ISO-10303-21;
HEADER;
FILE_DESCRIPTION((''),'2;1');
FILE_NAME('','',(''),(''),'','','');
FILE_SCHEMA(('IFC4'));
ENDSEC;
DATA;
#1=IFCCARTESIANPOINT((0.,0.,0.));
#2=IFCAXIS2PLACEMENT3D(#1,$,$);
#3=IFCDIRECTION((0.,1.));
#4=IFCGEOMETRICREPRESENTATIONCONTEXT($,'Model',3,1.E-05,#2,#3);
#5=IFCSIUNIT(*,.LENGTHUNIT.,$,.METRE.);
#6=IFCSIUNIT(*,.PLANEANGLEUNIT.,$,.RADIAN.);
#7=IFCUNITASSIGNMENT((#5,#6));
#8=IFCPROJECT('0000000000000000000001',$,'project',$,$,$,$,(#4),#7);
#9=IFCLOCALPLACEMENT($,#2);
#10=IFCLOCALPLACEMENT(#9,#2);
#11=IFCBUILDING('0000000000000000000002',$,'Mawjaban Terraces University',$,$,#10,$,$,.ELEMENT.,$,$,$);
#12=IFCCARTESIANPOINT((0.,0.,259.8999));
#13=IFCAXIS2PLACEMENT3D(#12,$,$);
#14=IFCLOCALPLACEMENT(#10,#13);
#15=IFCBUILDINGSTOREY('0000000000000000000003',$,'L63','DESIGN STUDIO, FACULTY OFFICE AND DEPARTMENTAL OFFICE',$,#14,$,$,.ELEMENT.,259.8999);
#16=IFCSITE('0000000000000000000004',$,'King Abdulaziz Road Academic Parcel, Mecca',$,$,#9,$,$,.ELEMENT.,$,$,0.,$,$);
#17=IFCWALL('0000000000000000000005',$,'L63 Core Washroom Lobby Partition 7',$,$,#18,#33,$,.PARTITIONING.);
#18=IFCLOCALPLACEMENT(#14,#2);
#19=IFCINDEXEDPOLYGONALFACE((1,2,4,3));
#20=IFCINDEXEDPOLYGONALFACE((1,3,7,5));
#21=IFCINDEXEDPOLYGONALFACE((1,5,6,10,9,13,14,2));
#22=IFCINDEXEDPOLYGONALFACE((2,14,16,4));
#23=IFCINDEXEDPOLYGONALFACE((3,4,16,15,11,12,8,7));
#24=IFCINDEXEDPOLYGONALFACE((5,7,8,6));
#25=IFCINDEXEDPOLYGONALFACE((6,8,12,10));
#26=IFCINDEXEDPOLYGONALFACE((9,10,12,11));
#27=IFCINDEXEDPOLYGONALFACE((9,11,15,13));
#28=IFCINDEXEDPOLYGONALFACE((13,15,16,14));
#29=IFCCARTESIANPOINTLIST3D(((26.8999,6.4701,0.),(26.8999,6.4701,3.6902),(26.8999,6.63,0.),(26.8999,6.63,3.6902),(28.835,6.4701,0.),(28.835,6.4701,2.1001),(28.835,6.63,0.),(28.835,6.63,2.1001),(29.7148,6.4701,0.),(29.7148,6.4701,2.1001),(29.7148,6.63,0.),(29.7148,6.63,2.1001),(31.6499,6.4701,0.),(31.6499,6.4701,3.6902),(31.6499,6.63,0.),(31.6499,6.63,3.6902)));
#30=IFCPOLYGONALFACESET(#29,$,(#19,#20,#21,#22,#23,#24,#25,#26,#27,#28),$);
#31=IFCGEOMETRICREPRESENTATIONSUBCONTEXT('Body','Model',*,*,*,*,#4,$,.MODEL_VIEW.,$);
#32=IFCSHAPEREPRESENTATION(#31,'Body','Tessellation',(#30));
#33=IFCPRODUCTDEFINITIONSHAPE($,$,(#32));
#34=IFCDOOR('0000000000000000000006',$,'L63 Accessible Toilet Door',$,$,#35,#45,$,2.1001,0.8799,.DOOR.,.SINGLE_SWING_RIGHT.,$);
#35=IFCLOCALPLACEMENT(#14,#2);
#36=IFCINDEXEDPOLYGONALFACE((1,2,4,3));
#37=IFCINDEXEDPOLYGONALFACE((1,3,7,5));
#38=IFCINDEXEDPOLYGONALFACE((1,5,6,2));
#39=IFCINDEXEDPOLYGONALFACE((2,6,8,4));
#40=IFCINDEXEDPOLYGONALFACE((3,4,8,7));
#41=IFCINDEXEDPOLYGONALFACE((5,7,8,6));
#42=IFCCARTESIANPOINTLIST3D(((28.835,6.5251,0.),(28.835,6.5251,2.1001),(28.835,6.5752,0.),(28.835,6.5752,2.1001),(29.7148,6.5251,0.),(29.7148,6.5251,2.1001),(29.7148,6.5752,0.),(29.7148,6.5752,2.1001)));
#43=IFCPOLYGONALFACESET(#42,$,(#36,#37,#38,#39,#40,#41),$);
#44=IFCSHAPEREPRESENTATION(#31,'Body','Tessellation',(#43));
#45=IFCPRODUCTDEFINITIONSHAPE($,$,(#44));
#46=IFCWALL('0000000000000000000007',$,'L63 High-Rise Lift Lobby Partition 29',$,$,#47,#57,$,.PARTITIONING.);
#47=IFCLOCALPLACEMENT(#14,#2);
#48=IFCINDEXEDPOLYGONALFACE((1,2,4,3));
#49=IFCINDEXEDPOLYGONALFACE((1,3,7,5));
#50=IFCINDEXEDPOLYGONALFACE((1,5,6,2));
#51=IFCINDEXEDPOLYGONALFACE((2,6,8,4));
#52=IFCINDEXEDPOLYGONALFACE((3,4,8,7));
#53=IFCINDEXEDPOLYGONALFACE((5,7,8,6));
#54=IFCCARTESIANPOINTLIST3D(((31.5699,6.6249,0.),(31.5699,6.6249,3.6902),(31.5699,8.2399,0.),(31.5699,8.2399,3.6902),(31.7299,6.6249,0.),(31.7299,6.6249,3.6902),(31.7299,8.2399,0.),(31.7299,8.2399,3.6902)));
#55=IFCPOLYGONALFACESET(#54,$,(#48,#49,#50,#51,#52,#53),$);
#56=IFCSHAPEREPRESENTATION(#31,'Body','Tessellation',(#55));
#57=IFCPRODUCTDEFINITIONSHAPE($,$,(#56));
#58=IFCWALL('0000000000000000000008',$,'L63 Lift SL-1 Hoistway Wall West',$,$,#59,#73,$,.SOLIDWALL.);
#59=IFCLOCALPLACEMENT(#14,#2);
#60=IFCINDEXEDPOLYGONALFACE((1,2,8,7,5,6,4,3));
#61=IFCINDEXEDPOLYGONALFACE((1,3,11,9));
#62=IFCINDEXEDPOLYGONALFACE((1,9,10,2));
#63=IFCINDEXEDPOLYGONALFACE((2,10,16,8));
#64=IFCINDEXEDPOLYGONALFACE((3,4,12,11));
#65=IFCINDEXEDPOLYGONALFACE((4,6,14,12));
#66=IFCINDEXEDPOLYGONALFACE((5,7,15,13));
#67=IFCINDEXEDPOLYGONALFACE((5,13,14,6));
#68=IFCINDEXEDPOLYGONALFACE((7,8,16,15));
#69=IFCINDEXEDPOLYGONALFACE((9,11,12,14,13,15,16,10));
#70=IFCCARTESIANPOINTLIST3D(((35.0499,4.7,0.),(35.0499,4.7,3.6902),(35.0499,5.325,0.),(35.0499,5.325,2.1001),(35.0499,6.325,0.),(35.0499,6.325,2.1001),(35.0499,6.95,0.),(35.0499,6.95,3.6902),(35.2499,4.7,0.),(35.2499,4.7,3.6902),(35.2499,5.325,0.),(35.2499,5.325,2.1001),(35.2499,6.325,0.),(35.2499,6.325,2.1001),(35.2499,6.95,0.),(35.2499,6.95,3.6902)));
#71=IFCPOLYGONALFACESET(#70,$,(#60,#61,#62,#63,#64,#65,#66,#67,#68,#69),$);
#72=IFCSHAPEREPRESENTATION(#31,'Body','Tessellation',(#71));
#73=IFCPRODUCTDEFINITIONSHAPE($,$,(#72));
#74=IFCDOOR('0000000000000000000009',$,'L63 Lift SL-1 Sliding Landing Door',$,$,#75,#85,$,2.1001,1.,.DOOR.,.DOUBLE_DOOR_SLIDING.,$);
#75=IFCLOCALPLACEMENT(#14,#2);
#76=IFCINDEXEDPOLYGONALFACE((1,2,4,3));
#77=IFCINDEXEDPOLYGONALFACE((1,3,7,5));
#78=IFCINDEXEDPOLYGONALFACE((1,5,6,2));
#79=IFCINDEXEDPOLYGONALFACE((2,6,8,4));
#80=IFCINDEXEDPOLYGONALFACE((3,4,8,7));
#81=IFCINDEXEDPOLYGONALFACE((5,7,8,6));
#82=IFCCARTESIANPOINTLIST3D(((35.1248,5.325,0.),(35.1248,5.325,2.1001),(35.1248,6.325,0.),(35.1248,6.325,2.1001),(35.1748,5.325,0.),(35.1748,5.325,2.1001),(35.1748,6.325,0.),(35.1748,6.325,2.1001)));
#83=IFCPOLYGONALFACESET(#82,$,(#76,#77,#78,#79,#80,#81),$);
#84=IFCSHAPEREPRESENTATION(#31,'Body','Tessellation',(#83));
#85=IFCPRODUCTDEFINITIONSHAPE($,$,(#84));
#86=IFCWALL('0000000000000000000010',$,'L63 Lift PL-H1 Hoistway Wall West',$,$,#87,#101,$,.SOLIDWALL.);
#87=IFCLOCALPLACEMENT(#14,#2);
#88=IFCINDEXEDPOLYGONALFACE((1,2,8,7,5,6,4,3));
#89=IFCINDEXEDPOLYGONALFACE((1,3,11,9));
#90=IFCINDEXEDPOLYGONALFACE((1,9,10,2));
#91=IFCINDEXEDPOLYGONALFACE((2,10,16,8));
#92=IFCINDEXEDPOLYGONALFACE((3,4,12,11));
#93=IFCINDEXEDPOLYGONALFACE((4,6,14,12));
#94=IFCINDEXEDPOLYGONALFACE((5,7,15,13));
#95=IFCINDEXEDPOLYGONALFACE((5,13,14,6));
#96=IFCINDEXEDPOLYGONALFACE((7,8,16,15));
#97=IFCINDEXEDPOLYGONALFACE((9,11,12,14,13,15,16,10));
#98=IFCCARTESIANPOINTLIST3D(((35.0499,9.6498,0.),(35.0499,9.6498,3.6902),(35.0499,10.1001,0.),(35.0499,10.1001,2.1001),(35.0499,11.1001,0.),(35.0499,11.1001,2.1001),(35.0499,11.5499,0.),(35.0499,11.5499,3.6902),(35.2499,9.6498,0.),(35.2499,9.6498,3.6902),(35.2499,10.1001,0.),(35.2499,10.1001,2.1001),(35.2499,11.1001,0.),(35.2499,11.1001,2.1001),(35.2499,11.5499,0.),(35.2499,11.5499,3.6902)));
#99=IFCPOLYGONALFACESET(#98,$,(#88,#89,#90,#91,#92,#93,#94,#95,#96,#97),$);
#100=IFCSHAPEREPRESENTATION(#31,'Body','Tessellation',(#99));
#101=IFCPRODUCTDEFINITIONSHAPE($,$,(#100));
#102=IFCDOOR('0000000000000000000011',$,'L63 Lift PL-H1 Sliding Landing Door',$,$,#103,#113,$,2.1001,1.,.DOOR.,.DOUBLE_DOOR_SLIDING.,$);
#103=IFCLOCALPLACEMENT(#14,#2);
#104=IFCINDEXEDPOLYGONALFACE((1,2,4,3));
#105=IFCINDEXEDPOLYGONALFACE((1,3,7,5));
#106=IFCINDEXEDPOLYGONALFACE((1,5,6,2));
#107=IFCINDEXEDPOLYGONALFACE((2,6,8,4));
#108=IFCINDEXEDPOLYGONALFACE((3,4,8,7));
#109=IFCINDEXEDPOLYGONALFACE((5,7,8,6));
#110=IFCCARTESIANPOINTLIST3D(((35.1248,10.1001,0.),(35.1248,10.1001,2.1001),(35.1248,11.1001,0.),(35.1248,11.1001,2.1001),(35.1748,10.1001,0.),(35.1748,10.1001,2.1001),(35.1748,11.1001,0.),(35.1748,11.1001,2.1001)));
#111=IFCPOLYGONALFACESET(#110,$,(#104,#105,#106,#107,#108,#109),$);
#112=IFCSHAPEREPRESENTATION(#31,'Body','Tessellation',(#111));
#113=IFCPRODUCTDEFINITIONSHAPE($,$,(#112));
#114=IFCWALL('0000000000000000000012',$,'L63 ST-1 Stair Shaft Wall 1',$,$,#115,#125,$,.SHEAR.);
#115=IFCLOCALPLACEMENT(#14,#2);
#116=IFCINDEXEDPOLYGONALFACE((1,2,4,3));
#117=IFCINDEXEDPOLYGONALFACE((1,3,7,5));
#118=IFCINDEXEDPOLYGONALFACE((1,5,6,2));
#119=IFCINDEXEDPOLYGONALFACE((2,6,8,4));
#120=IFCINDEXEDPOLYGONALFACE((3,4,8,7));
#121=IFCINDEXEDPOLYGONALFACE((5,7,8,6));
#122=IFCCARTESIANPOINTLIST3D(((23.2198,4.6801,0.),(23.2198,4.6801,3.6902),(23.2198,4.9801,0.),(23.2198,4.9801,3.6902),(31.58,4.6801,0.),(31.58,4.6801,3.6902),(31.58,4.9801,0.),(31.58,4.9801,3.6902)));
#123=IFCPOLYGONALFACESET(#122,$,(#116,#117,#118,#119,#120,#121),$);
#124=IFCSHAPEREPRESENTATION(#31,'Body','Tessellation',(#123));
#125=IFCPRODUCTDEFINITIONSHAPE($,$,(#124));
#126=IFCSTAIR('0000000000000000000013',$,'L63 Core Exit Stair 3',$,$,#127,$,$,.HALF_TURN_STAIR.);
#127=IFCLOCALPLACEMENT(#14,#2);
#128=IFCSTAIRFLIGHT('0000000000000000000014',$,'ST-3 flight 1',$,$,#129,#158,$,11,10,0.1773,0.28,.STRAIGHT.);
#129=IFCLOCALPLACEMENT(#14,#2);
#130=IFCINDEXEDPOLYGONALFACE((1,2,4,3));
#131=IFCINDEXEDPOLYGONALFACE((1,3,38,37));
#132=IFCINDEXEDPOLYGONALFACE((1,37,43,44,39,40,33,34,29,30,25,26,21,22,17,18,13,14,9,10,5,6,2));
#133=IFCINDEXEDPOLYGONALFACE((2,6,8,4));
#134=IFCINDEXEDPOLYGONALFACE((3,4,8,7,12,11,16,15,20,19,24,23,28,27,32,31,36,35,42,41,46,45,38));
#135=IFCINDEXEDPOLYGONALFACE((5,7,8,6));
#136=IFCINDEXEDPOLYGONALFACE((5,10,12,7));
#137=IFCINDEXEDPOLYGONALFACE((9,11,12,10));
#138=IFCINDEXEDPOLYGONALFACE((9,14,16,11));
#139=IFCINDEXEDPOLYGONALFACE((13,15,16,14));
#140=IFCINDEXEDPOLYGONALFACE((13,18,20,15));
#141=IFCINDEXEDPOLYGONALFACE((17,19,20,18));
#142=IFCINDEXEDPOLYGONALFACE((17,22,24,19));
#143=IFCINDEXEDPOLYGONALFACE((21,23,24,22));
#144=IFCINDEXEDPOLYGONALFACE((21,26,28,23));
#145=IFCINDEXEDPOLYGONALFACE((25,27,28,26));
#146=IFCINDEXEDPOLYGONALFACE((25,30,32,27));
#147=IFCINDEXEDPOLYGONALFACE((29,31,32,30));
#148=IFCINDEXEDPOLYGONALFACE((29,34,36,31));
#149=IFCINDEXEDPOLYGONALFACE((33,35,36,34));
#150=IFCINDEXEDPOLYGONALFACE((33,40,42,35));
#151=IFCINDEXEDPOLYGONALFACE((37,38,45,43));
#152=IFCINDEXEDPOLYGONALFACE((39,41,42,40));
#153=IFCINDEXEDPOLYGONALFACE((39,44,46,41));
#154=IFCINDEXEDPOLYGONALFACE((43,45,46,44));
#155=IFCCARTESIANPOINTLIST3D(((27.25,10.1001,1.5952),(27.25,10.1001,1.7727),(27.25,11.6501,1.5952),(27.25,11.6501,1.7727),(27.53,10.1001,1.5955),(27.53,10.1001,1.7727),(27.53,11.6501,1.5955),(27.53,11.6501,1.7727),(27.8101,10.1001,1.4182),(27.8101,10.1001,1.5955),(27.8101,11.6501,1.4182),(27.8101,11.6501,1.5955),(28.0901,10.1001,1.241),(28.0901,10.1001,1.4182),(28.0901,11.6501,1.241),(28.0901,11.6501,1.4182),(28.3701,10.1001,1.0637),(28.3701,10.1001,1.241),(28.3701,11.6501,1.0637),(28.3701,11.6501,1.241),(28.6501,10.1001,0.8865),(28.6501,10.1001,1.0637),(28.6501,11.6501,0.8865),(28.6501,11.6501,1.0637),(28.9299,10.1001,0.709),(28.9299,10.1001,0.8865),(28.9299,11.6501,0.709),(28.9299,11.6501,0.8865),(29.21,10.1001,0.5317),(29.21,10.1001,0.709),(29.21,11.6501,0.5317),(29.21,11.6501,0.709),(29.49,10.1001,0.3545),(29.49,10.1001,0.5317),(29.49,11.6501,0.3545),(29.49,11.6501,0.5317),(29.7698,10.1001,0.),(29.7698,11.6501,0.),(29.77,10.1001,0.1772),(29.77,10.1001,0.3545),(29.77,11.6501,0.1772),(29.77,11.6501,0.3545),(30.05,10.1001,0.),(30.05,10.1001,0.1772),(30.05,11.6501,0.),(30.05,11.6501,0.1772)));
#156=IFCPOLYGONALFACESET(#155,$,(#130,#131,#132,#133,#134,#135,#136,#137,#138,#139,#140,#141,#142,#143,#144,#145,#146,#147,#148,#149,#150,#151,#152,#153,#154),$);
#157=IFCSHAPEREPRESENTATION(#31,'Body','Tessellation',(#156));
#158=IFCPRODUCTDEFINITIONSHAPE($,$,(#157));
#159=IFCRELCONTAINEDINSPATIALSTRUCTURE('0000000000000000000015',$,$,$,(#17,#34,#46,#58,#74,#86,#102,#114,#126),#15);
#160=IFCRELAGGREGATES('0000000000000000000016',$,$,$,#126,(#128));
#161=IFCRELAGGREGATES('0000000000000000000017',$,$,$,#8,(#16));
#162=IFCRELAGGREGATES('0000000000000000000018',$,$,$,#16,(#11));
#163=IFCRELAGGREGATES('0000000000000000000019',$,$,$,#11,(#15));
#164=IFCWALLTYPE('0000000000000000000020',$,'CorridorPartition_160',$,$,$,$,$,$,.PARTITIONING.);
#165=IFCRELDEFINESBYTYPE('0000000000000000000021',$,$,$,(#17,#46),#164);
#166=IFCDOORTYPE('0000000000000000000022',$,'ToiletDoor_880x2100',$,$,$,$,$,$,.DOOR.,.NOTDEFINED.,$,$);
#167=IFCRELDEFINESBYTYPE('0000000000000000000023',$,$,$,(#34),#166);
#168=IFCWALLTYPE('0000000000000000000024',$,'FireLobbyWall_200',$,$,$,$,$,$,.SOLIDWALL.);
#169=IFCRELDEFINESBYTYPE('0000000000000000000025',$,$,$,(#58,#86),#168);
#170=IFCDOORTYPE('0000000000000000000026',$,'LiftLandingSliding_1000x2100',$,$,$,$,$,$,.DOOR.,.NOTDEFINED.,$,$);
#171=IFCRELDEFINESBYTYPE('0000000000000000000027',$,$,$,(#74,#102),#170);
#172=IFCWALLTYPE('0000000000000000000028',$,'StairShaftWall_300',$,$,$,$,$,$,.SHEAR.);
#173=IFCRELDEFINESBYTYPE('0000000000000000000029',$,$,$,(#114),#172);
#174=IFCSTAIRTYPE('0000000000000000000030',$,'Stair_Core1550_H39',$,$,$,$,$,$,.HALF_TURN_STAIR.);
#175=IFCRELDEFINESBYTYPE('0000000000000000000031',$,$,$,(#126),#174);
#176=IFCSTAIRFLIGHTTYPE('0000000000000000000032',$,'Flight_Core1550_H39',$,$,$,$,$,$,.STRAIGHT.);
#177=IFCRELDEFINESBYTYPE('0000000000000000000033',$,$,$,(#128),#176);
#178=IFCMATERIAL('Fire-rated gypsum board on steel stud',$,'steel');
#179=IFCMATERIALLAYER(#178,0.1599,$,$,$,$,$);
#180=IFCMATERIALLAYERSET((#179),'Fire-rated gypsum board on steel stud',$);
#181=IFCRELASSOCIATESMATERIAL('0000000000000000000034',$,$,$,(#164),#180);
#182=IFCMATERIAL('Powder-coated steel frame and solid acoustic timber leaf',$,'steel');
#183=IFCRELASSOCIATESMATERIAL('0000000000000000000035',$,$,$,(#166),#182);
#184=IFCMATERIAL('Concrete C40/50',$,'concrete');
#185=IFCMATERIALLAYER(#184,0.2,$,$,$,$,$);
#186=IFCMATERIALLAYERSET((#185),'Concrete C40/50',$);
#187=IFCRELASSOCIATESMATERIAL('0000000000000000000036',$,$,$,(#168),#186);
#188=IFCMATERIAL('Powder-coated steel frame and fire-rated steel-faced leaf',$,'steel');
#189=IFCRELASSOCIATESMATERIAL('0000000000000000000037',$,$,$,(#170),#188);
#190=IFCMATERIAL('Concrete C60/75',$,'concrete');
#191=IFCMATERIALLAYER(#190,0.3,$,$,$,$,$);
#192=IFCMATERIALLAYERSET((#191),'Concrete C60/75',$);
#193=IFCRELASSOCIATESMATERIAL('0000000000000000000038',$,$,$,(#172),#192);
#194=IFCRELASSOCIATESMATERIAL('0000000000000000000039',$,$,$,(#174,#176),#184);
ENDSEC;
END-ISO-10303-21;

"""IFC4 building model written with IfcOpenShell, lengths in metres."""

from ifc_helpers import new_model, si_unit, direction, frame, frame_2d, origin, place, context, subcontext, project, spatial, polyline, rectangle, outline, extrude, material, layer, layer_set, type_object, element, fill, aggregate, save


model = new_model("IFC4")

# Units and contexts
model_context = context("Model", 3, precision=1e-05, world=origin(), true_north=direction((0.0, 1.0)))
body_context = subcontext(model_context, "Body", "Model", "MODEL_VIEW")
ifc_project = project(units=[si_unit("LENGTHUNIT", "METRE"), si_unit("PLANEANGLEUNIT", "RADIAN")], contexts=[model_context])

# Site, building, storey
site_placement = place(None, origin())
site = spatial("IfcSite", under=ifc_project, at=site_placement, Name="King Abdulaziz Road Academic Parcel, Mecca", CompositionType="ELEMENT", RefElevation=0.0)
building_placement = place(site_placement, origin())
building = spatial("IfcBuilding", under=site, at=building_placement, Name="Mawjaban Terraces University", CompositionType="ELEMENT")
storey_placement = place(building_placement, frame((0.0, 0.0, 259.8999)))
storey = spatial("IfcBuildingStorey", under=building, at=storey_placement, Name="L63", Description="DESIGN STUDIO, FACULTY OFFICE AND DEPARTMENTAL OFFICE", CompositionType="ELEMENT", Elevation=259.8999)

# Wall, opening, door
ifc_material_1 = material(Name="Fire-rated gypsum board on steel stud", Category="steel")
ifc_layer_1 = layer(ifc_material_1, 0.1599)
ifc_layer_set_1 = layer_set([ifc_layer_1], Name="Fire-rated gypsum board on steel stud")
wall_type_1 = type_object("IfcWallType", Name="CorridorPartition_160", PredefinedType="PARTITIONING", material=ifc_layer_set_1)
wall_1_placement = place(storey_placement, frame((31.6499, 6.55, 0.0), z_axis=(0.0, 0.0, 1.0), x_axis=(-1.0, 0.0, 0.0)))
wall_1 = element("IfcWall", 1, at=wall_1_placement, inside=storey, type_object=wall_type_1, Name="L63 Core Washroom Lobby Partition 7", PredefinedType="PARTITIONING", context=body_context, shape_type="SweptSolid", body=[
    extrude(rectangle(XDim=4.75, YDim=0.1599, at=frame_2d((2.375, 0.0))), origin(), (0.0, 0.0, 1.0), 3.6902),
])
opening_1_placement = place(wall_1_placement, frame((1.9351, 0.0, 0.0)))
opening_1 = element("IfcOpeningElement", 2, at=opening_1_placement, cuts=wall_1, PredefinedType="OPENING", context=body_context, shape_type="SweptSolid", body=[
    extrude(rectangle(XDim=0.8799, YDim=2.1001, at=frame_2d((0.4399, 1.05))), frame((0.0, 0.0898, 0.0), z_axis=(0.0, -1.0, 0.0), x_axis=(1.0, 0.0, 0.0)), (0.0, 0.0, 1.0), 0.1799),
])
ifc_material_2 = material(Name="Powder-coated steel frame and solid acoustic timber leaf", Category="steel")
door_type_1 = type_object("IfcDoorType", Name="ToiletDoor_880x2100", OperationType="NOTDEFINED", PredefinedType="DOOR", material=ifc_material_2)
door_1_placement = place(opening_1_placement, origin())
door_1 = element("IfcDoor", 3, at=door_1_placement, inside=storey, type_object=door_type_1, Name="L63 Accessible Toilet Door", OperationType="SINGLE_SWING_RIGHT", OverallHeight=2.1001, OverallWidth=0.8799, PredefinedType="DOOR", context=body_context, shape_type="SweptSolid", body=[
    extrude(rectangle(XDim=0.8799, YDim=2.1001, at=frame_2d((0.4399, 1.05))), frame((0.0, 0.0249, 0.0), z_axis=(0.0, -1.0, 0.0), x_axis=(1.0, 0.0, 0.0)), (0.0, 0.0, 1.0), 0.05),
])
fill(opening_1, door_1)

# Wall
wall_2_placement = place(storey_placement, frame((31.6499, 8.24, 0.0), z_axis=(0.0, 0.0, 1.0), x_axis=(0.0, -1.0, 0.0)))
element("IfcWall", 4, at=wall_2_placement, inside=storey, type_object=wall_type_1, Name="L63 High-Rise Lift Lobby Partition 29", PredefinedType="PARTITIONING", context=body_context, shape_type="SweptSolid", body=[
    extrude(rectangle(XDim=1.615, YDim=0.1599, at=frame_2d((0.8076, 0.0))), origin(), (0.0, 0.0, 1.0), 3.6902),
])

# Walls, openings, doors
ifc_material_3 = material(Name="Concrete C40/50", Category="concrete")
ifc_layer_2 = layer(ifc_material_3, 0.2)
ifc_layer_set_2 = layer_set([ifc_layer_2], Name="Concrete C40/50")
wall_type_2 = type_object("IfcWallType", Name="FireLobbyWall_200", PredefinedType="SOLIDWALL", material=ifc_layer_set_2)
wall_3_placement = place(storey_placement, frame((35.1499, 6.95, 0.0), z_axis=(0.0, 0.0, 1.0), x_axis=(0.0, -1.0, 0.0)))
wall_3 = element("IfcWall", 5, at=wall_3_placement, inside=storey, type_object=wall_type_2, Name="L63 Lift SL-1 Hoistway Wall West", PredefinedType="SOLIDWALL", context=body_context, shape_type="SweptSolid", body=[
    extrude(rectangle(XDim=2.25, YDim=0.2, at=frame_2d((1.125, 0.0))), origin(), (0.0, 0.0, 1.0), 3.6902),
])
opening_2_placement = place(wall_3_placement, frame((0.625, 0.0, 0.0)))
opening_2 = element("IfcOpeningElement", 6, at=opening_2_placement, cuts=wall_3, PredefinedType="OPENING", context=body_context, shape_type="SweptSolid", body=[
    extrude(rectangle(XDim=1.0, YDim=2.1001, at=frame_2d((0.5, 1.05))), frame((0.0, 0.1099, 0.0), z_axis=(0.0, -1.0, 0.0), x_axis=(1.0, 0.0, 0.0)), (0.0, 0.0, 1.0), 0.22),
])
ifc_material_4 = material(Name="Powder-coated steel frame and fire-rated steel-faced leaf", Category="steel")
door_type_2 = type_object("IfcDoorType", Name="LiftLandingSliding_1000x2100", OperationType="NOTDEFINED", PredefinedType="DOOR", material=ifc_material_4)
door_2_placement = place(opening_2_placement, origin())
door_2 = element("IfcDoor", 7, at=door_2_placement, inside=storey, type_object=door_type_2, Name="L63 Lift SL-1 Sliding Landing Door", OperationType="DOUBLE_DOOR_SLIDING", OverallHeight=2.1001, OverallWidth=1.0, PredefinedType="DOOR", context=body_context, shape_type="SweptSolid", body=[
    extrude(rectangle(XDim=1.0, YDim=2.1001, at=frame_2d((0.5, 1.05))), frame((0.0, 0.0249, 0.0), z_axis=(0.0, -1.0, 0.0), x_axis=(1.0, 0.0, 0.0)), (0.0, 0.0, 1.0), 0.05),
])
fill(opening_2, door_2)
wall_4_placement = place(storey_placement, frame((35.1499, 11.55, 0.0), z_axis=(0.0, 0.0, 1.0), x_axis=(0.0, -1.0, 0.0)))
wall_4 = element("IfcWall", 8, at=wall_4_placement, inside=storey, type_object=wall_type_2, Name="L63 Lift PL-H1 Hoistway Wall West", PredefinedType="SOLIDWALL", context=body_context, shape_type="SweptSolid", body=[
    extrude(rectangle(XDim=1.9001, YDim=0.2, at=frame_2d((0.9502, 0.0))), origin(), (0.0, 0.0, 1.0), 3.6902),
])
opening_3_placement = place(wall_4_placement, frame((0.45, 0.0, 0.0)))
opening_3 = element("IfcOpeningElement", 9, at=opening_3_placement, cuts=wall_4, PredefinedType="OPENING", context=body_context, shape_type="SweptSolid", body=[
    extrude(rectangle(XDim=1.0, YDim=2.1001, at=frame_2d((0.5, 1.05))), frame((0.0, 0.1099, 0.0), z_axis=(0.0, -1.0, 0.0), x_axis=(1.0, 0.0, 0.0)), (0.0, 0.0, 1.0), 0.22),
])
door_3_placement = place(opening_3_placement, origin())
door_3 = element("IfcDoor", 10, at=door_3_placement, inside=storey, type_object=door_type_2, Name="L63 Lift PL-H1 Sliding Landing Door", OperationType="DOUBLE_DOOR_SLIDING", OverallHeight=2.1001, OverallWidth=1.0, PredefinedType="DOOR", context=body_context, shape_type="SweptSolid", body=[
    extrude(rectangle(XDim=1.0, YDim=2.1001, at=frame_2d((0.5, 1.05))), frame((0.0, 0.0249, 0.0), z_axis=(0.0, -1.0, 0.0), x_axis=(1.0, 0.0, 0.0)), (0.0, 0.0, 1.0), 0.05),
])
fill(opening_3, door_3)

# Wall
ifc_material_5 = material(Name="Concrete C60/75", Category="concrete")
ifc_layer_3 = layer(ifc_material_5, 0.3)
ifc_layer_set_3 = layer_set([ifc_layer_3], Name="Concrete C60/75")
wall_type_3 = type_object("IfcWallType", Name="StairShaftWall_300", PredefinedType="SHEAR", material=ifc_layer_set_3)
wall_5_placement = place(storey_placement, frame((31.5801, 4.8301, 0.0), z_axis=(0.0, 0.0, 1.0), x_axis=(-1.0, 0.0, 0.0)))
element("IfcWall", 11, at=wall_5_placement, inside=storey, type_object=wall_type_3, Name="L63 ST-1 Stair Shaft Wall 1", PredefinedType="SHEAR", context=body_context, shape_type="SweptSolid", body=[
    extrude(rectangle(XDim=8.3601, YDim=0.3, at=frame_2d((4.1802, 0.0))), origin(), (0.0, 0.0, 1.0), 3.6902),
])

# Stair, stair flight
stair_type = type_object("IfcStairType", Name="Stair_Core1550_H39", PredefinedType="HALF_TURN_STAIR", material=ifc_material_3)
stair_placement = place(storey_placement, origin())
stair = element("IfcStair", 12, at=stair_placement, inside=storey, type_object=stair_type, Name="L63 Core Exit Stair 3", PredefinedType="HALF_TURN_STAIR")
stair_flight_type = type_object("IfcStairFlightType", Name="Flight_Core1550_H39", PredefinedType="STRAIGHT", material=ifc_material_3)
stair_flight_1_placement = place(storey_placement, frame((30.05, 10.875, 0.0), z_axis=(0.0, 0.0, 1.0), x_axis=(-1.0, 0.0, 0.0)))
stair_flight_1 = element("IfcStairFlight", 13, at=stair_flight_1_placement, type_object=stair_flight_type, Name="ST-3 flight 1", NumberOfRisers=11, NumberOfTreads=10, PredefinedType="STRAIGHT", RiserHeight=0.1773, TreadLength=0.28, context=body_context, shape_type="SweptSolid", body=[
    extrude(outline(polyline([(0.0, 0.0), (0.0, 0.1772), (0.28, 0.1772), (0.28, 0.3545), (0.5601, 0.3545), (0.5601, 0.5317), (0.8401, 0.5317), (0.8401, 0.709), (1.1201, 0.709), (1.1201, 0.8865), (1.3999, 0.8865), (1.3999, 1.0637), (1.6799, 1.0637), (1.6799, 1.241), (1.96, 1.241), (1.96, 1.4182), (2.24, 1.4182), (2.24, 1.5955), (2.52, 1.5955), (2.52, 1.7727), (2.8, 1.7727), (2.8, 1.95), (2.8, 1.5952), (0.2803, 0.0), (0.0, 0.0)])), frame((0.0, 0.7749, 0.0), z_axis=(0.0, -1.0, 0.0), x_axis=(1.0, 0.0, 0.0)), (0.0, 0.0, 1.0), 1.55),
])
aggregate(stair, [stair_flight_1])

save(model, "model.ifc")
